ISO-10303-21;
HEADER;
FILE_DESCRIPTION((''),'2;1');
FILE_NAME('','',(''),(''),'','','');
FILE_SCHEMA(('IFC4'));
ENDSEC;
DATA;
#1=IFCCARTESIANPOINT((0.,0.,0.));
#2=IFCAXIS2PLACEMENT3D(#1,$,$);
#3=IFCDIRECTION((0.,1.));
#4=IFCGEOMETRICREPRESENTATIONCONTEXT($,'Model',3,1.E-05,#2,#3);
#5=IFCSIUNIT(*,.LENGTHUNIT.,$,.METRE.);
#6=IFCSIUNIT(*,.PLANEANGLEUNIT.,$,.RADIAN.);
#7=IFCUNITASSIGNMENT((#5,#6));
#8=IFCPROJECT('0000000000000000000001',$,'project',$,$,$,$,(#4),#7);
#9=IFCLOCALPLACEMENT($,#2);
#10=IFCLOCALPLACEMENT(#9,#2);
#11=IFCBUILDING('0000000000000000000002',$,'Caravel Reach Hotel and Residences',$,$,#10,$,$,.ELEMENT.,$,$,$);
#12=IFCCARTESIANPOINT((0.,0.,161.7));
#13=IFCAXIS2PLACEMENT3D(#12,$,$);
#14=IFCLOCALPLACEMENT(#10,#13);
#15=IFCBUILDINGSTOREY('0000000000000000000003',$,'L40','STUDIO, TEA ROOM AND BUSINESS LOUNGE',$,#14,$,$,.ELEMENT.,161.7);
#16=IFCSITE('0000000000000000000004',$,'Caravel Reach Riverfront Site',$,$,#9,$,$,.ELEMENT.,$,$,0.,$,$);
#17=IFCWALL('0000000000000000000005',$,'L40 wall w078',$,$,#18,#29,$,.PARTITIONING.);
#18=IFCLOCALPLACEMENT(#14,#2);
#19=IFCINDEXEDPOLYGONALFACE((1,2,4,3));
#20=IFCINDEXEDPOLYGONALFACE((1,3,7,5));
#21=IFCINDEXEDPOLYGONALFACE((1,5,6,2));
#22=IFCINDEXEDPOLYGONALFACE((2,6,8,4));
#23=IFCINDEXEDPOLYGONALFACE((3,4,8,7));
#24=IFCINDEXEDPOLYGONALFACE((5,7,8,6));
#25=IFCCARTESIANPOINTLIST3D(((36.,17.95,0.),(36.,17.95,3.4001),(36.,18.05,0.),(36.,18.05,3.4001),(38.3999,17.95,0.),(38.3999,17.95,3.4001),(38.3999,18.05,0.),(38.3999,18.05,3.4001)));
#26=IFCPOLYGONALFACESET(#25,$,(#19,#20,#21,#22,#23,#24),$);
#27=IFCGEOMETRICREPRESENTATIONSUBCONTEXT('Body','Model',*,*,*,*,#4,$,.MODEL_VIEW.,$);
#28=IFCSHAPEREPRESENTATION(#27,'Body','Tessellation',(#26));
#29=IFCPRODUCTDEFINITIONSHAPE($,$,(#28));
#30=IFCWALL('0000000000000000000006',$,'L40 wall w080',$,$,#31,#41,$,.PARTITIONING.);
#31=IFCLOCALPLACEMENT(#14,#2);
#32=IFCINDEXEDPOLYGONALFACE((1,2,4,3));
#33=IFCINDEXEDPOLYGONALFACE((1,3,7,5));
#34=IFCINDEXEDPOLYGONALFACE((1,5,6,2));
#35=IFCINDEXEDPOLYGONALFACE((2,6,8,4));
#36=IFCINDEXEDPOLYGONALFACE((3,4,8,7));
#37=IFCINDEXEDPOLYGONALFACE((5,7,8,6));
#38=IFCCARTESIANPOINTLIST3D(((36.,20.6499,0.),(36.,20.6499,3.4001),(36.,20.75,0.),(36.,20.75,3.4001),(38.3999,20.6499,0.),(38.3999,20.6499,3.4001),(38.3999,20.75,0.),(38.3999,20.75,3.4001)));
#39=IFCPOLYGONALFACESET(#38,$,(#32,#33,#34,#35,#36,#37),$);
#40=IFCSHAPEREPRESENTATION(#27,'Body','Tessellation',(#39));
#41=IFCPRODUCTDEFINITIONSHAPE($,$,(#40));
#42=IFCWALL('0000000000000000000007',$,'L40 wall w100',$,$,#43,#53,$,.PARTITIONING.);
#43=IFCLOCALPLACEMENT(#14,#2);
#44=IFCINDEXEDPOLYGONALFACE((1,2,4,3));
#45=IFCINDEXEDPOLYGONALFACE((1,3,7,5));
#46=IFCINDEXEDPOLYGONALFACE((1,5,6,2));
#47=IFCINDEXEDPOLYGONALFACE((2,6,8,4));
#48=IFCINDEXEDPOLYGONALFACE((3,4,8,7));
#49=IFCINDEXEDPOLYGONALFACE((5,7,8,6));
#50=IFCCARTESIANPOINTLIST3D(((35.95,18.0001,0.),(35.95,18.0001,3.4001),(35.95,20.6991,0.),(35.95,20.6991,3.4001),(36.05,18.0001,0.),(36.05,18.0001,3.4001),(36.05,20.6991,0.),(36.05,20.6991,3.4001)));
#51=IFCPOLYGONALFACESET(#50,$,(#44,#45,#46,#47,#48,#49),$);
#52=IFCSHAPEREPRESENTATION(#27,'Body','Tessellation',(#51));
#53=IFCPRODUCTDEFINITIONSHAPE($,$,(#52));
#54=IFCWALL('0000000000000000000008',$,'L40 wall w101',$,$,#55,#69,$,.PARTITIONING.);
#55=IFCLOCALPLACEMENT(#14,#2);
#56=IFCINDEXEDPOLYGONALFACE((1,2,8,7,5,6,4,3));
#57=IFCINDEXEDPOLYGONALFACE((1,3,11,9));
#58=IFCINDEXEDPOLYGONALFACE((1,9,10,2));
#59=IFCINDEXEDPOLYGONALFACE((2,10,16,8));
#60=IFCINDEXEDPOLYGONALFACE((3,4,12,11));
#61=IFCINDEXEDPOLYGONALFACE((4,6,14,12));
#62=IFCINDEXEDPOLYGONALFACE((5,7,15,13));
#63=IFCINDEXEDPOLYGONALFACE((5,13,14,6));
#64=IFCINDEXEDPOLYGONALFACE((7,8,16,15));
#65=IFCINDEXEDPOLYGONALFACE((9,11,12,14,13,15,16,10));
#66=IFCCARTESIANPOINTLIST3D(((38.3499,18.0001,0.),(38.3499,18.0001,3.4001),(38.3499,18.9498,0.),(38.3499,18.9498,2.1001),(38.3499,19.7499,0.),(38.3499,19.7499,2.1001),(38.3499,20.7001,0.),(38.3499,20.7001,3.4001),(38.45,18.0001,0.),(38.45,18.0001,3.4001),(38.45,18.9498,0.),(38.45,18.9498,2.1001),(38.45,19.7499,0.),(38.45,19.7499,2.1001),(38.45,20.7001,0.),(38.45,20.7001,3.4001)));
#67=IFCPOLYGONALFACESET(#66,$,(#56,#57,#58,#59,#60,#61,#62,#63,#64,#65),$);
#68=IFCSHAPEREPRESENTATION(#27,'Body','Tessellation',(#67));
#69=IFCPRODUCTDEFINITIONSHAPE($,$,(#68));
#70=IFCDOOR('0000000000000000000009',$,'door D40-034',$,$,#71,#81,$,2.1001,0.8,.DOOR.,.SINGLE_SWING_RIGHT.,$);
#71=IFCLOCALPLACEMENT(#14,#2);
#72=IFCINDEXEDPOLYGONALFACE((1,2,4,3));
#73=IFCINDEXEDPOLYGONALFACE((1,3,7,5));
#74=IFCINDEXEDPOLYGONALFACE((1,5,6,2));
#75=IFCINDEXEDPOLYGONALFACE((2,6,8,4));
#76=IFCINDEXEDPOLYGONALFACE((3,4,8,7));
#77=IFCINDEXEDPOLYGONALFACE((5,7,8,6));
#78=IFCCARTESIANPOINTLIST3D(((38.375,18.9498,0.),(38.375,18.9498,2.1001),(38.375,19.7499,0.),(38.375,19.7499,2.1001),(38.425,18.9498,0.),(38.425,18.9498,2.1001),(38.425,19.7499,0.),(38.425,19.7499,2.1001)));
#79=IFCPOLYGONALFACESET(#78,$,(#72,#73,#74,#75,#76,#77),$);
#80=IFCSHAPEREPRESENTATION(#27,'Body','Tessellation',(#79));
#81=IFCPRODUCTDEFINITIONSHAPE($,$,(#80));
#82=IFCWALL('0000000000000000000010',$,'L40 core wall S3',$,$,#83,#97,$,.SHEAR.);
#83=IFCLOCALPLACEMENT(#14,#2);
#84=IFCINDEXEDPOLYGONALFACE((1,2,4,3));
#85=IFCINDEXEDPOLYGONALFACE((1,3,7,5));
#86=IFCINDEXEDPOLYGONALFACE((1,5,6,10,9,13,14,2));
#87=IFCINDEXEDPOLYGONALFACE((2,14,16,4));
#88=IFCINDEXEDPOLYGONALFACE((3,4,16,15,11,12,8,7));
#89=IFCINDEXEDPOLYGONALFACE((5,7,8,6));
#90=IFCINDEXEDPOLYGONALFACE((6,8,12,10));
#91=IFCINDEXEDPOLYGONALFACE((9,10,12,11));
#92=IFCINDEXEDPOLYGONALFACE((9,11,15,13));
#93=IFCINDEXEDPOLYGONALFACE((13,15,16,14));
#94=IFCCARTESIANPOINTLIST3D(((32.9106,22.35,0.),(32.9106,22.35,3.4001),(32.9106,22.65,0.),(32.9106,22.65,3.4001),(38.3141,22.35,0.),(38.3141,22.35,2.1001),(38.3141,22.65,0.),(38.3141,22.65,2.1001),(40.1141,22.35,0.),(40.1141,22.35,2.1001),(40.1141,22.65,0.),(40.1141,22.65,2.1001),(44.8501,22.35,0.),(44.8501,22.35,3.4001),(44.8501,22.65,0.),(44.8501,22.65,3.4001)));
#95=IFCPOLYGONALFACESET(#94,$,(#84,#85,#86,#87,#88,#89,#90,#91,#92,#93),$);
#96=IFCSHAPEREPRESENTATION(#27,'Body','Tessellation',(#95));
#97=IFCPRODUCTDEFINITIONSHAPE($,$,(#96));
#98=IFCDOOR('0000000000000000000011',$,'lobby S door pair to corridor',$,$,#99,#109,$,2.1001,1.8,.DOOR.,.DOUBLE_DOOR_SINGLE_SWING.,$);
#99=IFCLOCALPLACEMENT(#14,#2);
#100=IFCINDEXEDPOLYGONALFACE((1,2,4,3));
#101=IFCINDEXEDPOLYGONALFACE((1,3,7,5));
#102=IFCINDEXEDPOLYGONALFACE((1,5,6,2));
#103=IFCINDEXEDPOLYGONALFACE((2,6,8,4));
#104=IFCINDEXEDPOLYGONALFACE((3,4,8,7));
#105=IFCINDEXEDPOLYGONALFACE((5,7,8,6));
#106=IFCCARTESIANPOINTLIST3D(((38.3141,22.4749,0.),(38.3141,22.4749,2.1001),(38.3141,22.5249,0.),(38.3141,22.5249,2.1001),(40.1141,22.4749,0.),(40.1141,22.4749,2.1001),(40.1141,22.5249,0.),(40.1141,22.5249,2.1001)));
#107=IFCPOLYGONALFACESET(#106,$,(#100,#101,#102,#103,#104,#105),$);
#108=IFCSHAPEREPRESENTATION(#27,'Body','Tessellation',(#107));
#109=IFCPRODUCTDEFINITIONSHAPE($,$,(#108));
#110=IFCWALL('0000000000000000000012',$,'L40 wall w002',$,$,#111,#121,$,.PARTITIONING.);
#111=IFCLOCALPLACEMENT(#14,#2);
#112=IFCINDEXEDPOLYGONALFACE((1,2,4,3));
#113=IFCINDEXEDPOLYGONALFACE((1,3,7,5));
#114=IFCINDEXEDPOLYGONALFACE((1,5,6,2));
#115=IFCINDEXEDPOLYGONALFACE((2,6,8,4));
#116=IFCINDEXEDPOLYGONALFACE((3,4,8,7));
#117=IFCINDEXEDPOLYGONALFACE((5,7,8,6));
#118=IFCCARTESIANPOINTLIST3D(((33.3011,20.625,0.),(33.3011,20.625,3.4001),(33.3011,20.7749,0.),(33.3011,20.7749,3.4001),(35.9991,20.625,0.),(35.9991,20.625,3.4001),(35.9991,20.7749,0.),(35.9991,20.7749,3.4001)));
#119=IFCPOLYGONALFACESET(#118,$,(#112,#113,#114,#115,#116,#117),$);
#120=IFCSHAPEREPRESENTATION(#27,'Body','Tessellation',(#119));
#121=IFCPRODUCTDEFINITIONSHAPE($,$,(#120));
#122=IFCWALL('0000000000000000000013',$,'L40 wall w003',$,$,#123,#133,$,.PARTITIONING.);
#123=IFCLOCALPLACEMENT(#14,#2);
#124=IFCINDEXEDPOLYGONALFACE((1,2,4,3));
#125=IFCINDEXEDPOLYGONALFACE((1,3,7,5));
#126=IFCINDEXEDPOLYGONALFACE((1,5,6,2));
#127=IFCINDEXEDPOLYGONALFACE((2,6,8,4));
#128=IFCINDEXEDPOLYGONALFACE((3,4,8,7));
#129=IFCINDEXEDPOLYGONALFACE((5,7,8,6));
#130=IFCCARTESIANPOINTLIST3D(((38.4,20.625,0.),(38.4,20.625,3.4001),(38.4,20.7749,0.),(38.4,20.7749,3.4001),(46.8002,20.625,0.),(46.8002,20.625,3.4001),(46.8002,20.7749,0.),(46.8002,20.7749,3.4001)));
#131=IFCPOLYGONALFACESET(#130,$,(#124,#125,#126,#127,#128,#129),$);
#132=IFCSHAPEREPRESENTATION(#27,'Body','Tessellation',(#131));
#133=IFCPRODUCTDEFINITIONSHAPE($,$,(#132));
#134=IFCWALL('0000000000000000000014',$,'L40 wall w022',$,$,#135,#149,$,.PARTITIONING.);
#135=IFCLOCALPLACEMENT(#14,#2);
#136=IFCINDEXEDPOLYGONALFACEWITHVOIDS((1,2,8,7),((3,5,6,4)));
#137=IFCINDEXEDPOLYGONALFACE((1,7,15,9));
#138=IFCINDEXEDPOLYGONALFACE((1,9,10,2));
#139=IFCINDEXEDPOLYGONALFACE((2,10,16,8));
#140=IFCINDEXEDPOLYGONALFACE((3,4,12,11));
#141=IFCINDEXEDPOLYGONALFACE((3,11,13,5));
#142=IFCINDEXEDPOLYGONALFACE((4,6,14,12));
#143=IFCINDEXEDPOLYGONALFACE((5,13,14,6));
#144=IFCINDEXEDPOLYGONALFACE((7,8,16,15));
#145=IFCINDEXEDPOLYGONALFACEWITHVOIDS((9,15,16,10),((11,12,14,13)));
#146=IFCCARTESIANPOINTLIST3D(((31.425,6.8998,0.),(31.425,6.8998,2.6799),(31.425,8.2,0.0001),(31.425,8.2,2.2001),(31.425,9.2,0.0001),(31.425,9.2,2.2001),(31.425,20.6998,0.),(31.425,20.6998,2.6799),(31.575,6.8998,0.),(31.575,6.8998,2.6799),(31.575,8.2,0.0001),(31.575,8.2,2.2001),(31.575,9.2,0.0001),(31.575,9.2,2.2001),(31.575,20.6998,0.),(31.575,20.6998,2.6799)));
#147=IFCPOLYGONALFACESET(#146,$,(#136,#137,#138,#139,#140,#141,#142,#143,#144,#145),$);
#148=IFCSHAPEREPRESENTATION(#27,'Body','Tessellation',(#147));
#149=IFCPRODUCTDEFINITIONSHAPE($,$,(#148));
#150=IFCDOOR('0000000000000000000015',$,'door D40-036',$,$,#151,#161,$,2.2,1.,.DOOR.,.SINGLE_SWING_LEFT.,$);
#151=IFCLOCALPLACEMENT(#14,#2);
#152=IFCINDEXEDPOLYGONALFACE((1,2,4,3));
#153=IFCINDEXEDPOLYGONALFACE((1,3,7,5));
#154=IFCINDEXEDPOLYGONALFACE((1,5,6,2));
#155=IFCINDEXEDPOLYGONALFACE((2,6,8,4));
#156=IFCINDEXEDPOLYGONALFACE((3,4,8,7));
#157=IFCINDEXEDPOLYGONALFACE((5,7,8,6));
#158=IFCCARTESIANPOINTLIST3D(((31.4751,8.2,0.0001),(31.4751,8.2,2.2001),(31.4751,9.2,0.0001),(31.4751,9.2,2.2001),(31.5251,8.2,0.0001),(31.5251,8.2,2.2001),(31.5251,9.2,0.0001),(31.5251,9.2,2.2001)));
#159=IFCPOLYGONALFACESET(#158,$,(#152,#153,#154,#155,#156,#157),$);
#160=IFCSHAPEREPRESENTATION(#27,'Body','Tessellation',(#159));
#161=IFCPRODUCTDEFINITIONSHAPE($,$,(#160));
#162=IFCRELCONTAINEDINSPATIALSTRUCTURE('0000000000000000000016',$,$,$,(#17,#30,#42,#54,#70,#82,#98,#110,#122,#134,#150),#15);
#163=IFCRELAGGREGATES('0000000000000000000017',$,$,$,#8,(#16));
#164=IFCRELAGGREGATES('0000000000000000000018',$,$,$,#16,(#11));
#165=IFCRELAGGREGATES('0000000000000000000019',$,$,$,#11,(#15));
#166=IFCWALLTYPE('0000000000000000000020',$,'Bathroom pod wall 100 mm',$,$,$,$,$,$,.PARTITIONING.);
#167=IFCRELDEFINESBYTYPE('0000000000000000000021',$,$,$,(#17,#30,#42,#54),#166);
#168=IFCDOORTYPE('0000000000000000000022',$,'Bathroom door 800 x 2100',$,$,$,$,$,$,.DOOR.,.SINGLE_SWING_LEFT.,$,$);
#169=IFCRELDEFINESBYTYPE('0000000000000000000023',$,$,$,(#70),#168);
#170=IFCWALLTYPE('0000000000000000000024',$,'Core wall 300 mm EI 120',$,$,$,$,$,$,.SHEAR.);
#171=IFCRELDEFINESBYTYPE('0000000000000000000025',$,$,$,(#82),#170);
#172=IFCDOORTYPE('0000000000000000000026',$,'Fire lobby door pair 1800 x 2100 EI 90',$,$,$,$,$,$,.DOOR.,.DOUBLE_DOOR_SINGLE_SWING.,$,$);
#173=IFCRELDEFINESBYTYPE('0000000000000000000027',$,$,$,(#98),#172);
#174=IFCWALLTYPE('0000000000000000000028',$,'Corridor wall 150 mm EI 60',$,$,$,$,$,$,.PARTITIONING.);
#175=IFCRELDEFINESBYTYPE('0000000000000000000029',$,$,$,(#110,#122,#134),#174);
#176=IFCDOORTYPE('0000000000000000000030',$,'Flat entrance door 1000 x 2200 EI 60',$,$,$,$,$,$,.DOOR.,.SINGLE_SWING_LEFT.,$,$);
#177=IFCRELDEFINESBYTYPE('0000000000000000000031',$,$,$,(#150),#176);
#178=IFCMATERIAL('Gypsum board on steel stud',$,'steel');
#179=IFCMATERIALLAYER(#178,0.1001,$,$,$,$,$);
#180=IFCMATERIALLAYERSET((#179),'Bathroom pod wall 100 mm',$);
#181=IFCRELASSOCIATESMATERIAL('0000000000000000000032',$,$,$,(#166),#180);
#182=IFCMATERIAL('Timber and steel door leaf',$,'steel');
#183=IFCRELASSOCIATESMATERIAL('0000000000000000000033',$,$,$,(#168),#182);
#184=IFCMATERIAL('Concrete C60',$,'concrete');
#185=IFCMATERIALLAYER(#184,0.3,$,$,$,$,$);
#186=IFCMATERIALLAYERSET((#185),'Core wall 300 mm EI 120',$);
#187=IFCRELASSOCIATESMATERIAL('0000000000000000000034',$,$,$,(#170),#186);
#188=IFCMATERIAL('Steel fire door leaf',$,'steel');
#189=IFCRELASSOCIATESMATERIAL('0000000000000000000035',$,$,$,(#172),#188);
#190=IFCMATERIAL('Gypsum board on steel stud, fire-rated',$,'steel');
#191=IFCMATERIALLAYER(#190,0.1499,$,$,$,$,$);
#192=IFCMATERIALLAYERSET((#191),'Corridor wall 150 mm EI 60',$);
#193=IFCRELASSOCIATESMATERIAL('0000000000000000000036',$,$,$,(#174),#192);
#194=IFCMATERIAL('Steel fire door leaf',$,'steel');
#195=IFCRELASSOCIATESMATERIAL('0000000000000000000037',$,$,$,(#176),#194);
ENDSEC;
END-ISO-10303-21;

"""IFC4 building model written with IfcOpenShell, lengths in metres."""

from ifc_helpers import new_model, si_unit, direction, frame, frame_2d, origin, place, context, subcontext, project, spatial, rectangle, extrude, material, layer, layer_set, type_object, element, fill, save


model = new_model("IFC4")

# Units and contexts
model_context = context("Model", 3, precision=1e-05, world=origin(), true_north=direction((0.0, 1.0)))
body_context = subcontext(model_context, "Body", "Model", "MODEL_VIEW")
ifc_project = project(units=[si_unit("LENGTHUNIT", "METRE"), si_unit("PLANEANGLEUNIT", "RADIAN")], contexts=[model_context])

# Site, building, storey
site_placement = place(None, origin())
site = spatial("IfcSite", under=ifc_project, at=site_placement, Name="Caravel Reach Riverfront Site", CompositionType="ELEMENT", RefElevation=0.0)
building_placement = place(site_placement, origin())
building = spatial("IfcBuilding", under=site, at=building_placement, Name="Caravel Reach Hotel and Residences", CompositionType="ELEMENT")
storey_placement = place(building_placement, frame((0.0, 0.0, 161.7)))
storey = spatial("IfcBuildingStorey", under=building, at=storey_placement, Name="L40", Description="STUDIO, TEA ROOM AND BUSINESS LOUNGE", CompositionType="ELEMENT", Elevation=161.7)

# Walls
ifc_material_1 = material(Name="Gypsum board on steel stud", Category="steel")
ifc_layer_1 = layer(ifc_material_1, 0.1001)
ifc_layer_set_1 = layer_set([ifc_layer_1], Name="Bathroom pod wall 100 mm")
wall_type_1 = type_object("IfcWallType", Name="Bathroom pod wall 100 mm", PredefinedType="PARTITIONING", material=ifc_layer_set_1)
for number, where, z_axis, x_axis, name in (
    (1, (36.0, 18.0, 0.0), (0.0, 0.0, 1.0), (1.0, 0.0, 0.0), "L40 wall w078"),
    (2, (36.0, 20.7, 0.0), (0.0, 0.0, 1.0), (1.0, 0.0, 0.0), "L40 wall w080"),
):
    element("IfcWall", number, at=place(storey_placement, frame(where, z_axis=z_axis, x_axis=x_axis)), inside=storey, type_object=wall_type_1, Name=name, PredefinedType="PARTITIONING", context=body_context, shape_type="SweptSolid", body=[
        extrude(rectangle(XDim=2.3999, YDim=0.1001, at=frame_2d((1.2, 0.0))), origin(), (0.0, 0.0, 1.0), 3.4001),
    ])
wall_1_placement = place(storey_placement, frame((36.0, 18.0, 0.0), z_axis=(0.0, 0.0, 1.0), x_axis=(0.0, 1.0, 0.0)))
element("IfcWall", 3, at=wall_1_placement, inside=storey, type_object=wall_type_1, Name="L40 wall w100", PredefinedType="PARTITIONING", context=body_context, shape_type="SweptSolid", body=[
    extrude(rectangle(XDim=2.699, YDim=0.1001, at=frame_2d((1.3496, 0.0))), origin(), (0.0, 0.0, 1.0), 3.4001),
])

# Walls, openings, doors
wall_2_placement = place(storey_placement, frame((38.3999, 18.0, 0.0), z_axis=(0.0, 0.0, 1.0), x_axis=(0.0, 1.0, 0.0)))
wall_2 = element("IfcWall", 4, at=wall_2_placement, inside=storey, type_object=wall_type_1, Name="L40 wall w101", PredefinedType="PARTITIONING", context=body_context, shape_type="SweptSolid", body=[
    extrude(rectangle(XDim=2.7, YDim=0.1001, at=frame_2d((1.3501, 0.0))), origin(), (0.0, 0.0, 1.0), 3.4001),
])
opening_1_placement = place(wall_2_placement, frame((0.95, 0.0, 0.0)))
opening_1 = element("IfcOpeningElement", 5, at=opening_1_placement, cuts=wall_2, PredefinedType="OPENING", context=body_context, shape_type="SweptSolid", body=[
    extrude(rectangle(XDim=0.8, YDim=2.1001, at=frame_2d((0.3999, 1.05))), frame((0.0, 0.0601, 0.0), z_axis=(0.0, -1.0, 0.0), x_axis=(1.0, 0.0, 0.0)), (0.0, 0.0, 1.0), 0.1201),
])
ifc_material_2 = material(Name="Timber and steel door leaf", Category="steel")
door_type_1 = type_object("IfcDoorType", Name="Bathroom door 800 x 2100", OperationType="SINGLE_SWING_LEFT", PredefinedType="DOOR", material=ifc_material_2)
door_1_placement = place(opening_1_placement, origin())
door_1 = element("IfcDoor", 6, at=door_1_placement, inside=storey, type_object=door_type_1, Name="door D40-034", OperationType="SINGLE_SWING_RIGHT", OverallHeight=2.1001, OverallWidth=0.8, PredefinedType="DOOR", context=body_context, shape_type="SweptSolid", body=[
    extrude(rectangle(XDim=0.8, YDim=2.1001, at=frame_2d((0.3999, 1.05))), frame((0.0, 0.0249, 0.0), z_axis=(0.0, -1.0, 0.0), x_axis=(1.0, 0.0, 0.0)), (0.0, 0.0, 1.0), 0.05),
])
fill(opening_1, door_1)
ifc_material_3 = material(Name="Concrete C60", Category="concrete")
ifc_layer_2 = layer(ifc_material_3, 0.3)
ifc_layer_set_2 = layer_set([ifc_layer_2], Name="Core wall 300 mm EI 120")
wall_type_2 = type_object("IfcWallType", Name="Core wall 300 mm EI 120", PredefinedType="SHEAR", material=ifc_layer_set_2)
wall_3_placement = place(storey_placement, frame((32.9106, 22.5, 0.0), z_axis=(0.0, 0.0, 1.0), x_axis=(1.0, 0.0, 0.0)))
wall_3 = element("IfcWall", 7, at=wall_3_placement, inside=storey, type_object=wall_type_2, Name="L40 core wall S3", PredefinedType="SHEAR", context=body_context, shape_type="SweptSolid", body=[
    extrude(rectangle(XDim=11.9395, YDim=0.3, at=frame_2d((5.9697, 0.0))), origin(), (0.0, 0.0, 1.0), 3.4001),
])
opening_2_placement = place(wall_3_placement, frame((5.4036, 0.0, 0.0)))
opening_2 = element("IfcOpeningElement", 8, at=opening_2_placement, cuts=wall_3, PredefinedType="OPENING", context=body_context, shape_type="SweptSolid", body=[
    extrude(rectangle(XDim=1.8, YDim=2.1001, at=frame_2d((0.8999, 1.05))), frame((0.0, 0.1599, 0.0), z_axis=(0.0, -1.0, 0.0), x_axis=(1.0, 0.0, 0.0)), (0.0, 0.0, 1.0), 0.3201),
])
ifc_material_4 = material(Name="Steel fire door leaf", Category="steel")
door_type_2 = type_object("IfcDoorType", Name="Fire lobby door pair 1800 x 2100 EI 90", OperationType="DOUBLE_DOOR_SINGLE_SWING", PredefinedType="DOOR", material=ifc_material_4)
door_2_placement = place(opening_2_placement, origin())
door_2 = element("IfcDoor", 9, at=door_2_placement, inside=storey, type_object=door_type_2, Name="lobby S door pair to corridor", OperationType="DOUBLE_DOOR_SINGLE_SWING", OverallHeight=2.1001, OverallWidth=1.8, PredefinedType="DOOR", context=body_context, shape_type="SweptSolid", body=[
    extrude(rectangle(XDim=1.8, YDim=2.1001, at=frame_2d((0.8999, 1.05))), frame((0.0, 0.0249, 0.0), z_axis=(0.0, -1.0, 0.0), x_axis=(1.0, 0.0, 0.0)), (0.0, 0.0, 1.0), 0.05),
])
fill(opening_2, door_2)

# Walls
ifc_material_5 = material(Name="Gypsum board on steel stud, fire-rated", Category="steel")
ifc_layer_3 = layer(ifc_material_5, 0.1499)
ifc_layer_set_3 = layer_set([ifc_layer_3], Name="Corridor wall 150 mm EI 60")
wall_type_3 = type_object("IfcWallType", Name="Corridor wall 150 mm EI 60", PredefinedType="PARTITIONING", material=ifc_layer_set_3)
wall_4_placement = place(storey_placement, frame((33.301, 20.7, 0.0), z_axis=(0.0, 0.0, 1.0), x_axis=(1.0, 0.0, 0.0)))
element("IfcWall", 10, at=wall_4_placement, inside=storey, type_object=wall_type_3, Name="L40 wall w002", PredefinedType="PARTITIONING", context=body_context, shape_type="SweptSolid", body=[
    extrude(rectangle(XDim=2.698, YDim=0.1499, at=frame_2d((1.3491, 0.0))), origin(), (0.0, 0.0, 1.0), 3.4001),
])
wall_5_placement = place(storey_placement, frame((38.3999, 20.7, 0.0), z_axis=(0.0, 0.0, 1.0), x_axis=(1.0, 0.0, 0.0)))
element("IfcWall", 11, at=wall_5_placement, inside=storey, type_object=wall_type_3, Name="L40 wall w003", PredefinedType="PARTITIONING", context=body_context, shape_type="SweptSolid", body=[
    extrude(rectangle(XDim=8.4001, YDim=0.1499, at=frame_2d((4.2002, 0.0))), origin(), (0.0, 0.0, 1.0), 3.4001),
])

# Wall, opening, door
wall_6_placement = place(storey_placement, frame((31.5, 6.8999, 0.0), z_axis=(0.0, 0.0, 1.0), x_axis=(0.0, 1.0, 0.0)))
wall_6 = element("IfcWall", 12, at=wall_6_placement, inside=storey, type_object=wall_type_3, Name="L40 wall w022", PredefinedType="PARTITIONING", context=body_context, shape_type="SweptSolid", body=[
    extrude(rectangle(XDim=13.8, YDim=0.1499, at=frame_2d((6.8999, 0.0))), origin(), (0.0, 0.0, 1.0), 2.6799),
])
opening_3_placement = place(wall_6_placement, frame((1.3, 0.0, 0.0)))
opening_3 = element("IfcOpeningElement", 13, at=opening_3_placement, cuts=wall_6, PredefinedType="OPENING", context=body_context, shape_type="SweptSolid", body=[
    extrude(rectangle(XDim=1.0, YDim=2.2, at=frame_2d((0.5, 1.1001))), frame((0.0, 0.085, 0.0), z_axis=(0.0, -1.0, 0.0), x_axis=(1.0, 0.0, 0.0)), (0.0, 0.0, 1.0), 0.1699),
])
ifc_material_6 = material(Name="Steel fire door leaf", Category="steel")
door_type_3 = type_object("IfcDoorType", Name="Flat entrance door 1000 x 2200 EI 60", OperationType="SINGLE_SWING_LEFT", PredefinedType="DOOR", material=ifc_material_6)
door_3_placement = place(opening_3_placement, origin())
door_3 = element("IfcDoor", 14, at=door_3_placement, inside=storey, type_object=door_type_3, Name="door D40-036", OperationType="SINGLE_SWING_LEFT", OverallHeight=2.2, OverallWidth=1.0, PredefinedType="DOOR", context=body_context, shape_type="SweptSolid", body=[
    extrude(rectangle(XDim=1.0, YDim=2.2, at=frame_2d((0.5, 1.1001))), frame((0.0, 0.0249, 0.0), z_axis=(0.0, -1.0, 0.0), x_axis=(1.0, 0.0, 0.0)), (0.0, 0.0, 1.0), 0.05),
])
fill(opening_3, door_3)

save(model, "model.ifc")
